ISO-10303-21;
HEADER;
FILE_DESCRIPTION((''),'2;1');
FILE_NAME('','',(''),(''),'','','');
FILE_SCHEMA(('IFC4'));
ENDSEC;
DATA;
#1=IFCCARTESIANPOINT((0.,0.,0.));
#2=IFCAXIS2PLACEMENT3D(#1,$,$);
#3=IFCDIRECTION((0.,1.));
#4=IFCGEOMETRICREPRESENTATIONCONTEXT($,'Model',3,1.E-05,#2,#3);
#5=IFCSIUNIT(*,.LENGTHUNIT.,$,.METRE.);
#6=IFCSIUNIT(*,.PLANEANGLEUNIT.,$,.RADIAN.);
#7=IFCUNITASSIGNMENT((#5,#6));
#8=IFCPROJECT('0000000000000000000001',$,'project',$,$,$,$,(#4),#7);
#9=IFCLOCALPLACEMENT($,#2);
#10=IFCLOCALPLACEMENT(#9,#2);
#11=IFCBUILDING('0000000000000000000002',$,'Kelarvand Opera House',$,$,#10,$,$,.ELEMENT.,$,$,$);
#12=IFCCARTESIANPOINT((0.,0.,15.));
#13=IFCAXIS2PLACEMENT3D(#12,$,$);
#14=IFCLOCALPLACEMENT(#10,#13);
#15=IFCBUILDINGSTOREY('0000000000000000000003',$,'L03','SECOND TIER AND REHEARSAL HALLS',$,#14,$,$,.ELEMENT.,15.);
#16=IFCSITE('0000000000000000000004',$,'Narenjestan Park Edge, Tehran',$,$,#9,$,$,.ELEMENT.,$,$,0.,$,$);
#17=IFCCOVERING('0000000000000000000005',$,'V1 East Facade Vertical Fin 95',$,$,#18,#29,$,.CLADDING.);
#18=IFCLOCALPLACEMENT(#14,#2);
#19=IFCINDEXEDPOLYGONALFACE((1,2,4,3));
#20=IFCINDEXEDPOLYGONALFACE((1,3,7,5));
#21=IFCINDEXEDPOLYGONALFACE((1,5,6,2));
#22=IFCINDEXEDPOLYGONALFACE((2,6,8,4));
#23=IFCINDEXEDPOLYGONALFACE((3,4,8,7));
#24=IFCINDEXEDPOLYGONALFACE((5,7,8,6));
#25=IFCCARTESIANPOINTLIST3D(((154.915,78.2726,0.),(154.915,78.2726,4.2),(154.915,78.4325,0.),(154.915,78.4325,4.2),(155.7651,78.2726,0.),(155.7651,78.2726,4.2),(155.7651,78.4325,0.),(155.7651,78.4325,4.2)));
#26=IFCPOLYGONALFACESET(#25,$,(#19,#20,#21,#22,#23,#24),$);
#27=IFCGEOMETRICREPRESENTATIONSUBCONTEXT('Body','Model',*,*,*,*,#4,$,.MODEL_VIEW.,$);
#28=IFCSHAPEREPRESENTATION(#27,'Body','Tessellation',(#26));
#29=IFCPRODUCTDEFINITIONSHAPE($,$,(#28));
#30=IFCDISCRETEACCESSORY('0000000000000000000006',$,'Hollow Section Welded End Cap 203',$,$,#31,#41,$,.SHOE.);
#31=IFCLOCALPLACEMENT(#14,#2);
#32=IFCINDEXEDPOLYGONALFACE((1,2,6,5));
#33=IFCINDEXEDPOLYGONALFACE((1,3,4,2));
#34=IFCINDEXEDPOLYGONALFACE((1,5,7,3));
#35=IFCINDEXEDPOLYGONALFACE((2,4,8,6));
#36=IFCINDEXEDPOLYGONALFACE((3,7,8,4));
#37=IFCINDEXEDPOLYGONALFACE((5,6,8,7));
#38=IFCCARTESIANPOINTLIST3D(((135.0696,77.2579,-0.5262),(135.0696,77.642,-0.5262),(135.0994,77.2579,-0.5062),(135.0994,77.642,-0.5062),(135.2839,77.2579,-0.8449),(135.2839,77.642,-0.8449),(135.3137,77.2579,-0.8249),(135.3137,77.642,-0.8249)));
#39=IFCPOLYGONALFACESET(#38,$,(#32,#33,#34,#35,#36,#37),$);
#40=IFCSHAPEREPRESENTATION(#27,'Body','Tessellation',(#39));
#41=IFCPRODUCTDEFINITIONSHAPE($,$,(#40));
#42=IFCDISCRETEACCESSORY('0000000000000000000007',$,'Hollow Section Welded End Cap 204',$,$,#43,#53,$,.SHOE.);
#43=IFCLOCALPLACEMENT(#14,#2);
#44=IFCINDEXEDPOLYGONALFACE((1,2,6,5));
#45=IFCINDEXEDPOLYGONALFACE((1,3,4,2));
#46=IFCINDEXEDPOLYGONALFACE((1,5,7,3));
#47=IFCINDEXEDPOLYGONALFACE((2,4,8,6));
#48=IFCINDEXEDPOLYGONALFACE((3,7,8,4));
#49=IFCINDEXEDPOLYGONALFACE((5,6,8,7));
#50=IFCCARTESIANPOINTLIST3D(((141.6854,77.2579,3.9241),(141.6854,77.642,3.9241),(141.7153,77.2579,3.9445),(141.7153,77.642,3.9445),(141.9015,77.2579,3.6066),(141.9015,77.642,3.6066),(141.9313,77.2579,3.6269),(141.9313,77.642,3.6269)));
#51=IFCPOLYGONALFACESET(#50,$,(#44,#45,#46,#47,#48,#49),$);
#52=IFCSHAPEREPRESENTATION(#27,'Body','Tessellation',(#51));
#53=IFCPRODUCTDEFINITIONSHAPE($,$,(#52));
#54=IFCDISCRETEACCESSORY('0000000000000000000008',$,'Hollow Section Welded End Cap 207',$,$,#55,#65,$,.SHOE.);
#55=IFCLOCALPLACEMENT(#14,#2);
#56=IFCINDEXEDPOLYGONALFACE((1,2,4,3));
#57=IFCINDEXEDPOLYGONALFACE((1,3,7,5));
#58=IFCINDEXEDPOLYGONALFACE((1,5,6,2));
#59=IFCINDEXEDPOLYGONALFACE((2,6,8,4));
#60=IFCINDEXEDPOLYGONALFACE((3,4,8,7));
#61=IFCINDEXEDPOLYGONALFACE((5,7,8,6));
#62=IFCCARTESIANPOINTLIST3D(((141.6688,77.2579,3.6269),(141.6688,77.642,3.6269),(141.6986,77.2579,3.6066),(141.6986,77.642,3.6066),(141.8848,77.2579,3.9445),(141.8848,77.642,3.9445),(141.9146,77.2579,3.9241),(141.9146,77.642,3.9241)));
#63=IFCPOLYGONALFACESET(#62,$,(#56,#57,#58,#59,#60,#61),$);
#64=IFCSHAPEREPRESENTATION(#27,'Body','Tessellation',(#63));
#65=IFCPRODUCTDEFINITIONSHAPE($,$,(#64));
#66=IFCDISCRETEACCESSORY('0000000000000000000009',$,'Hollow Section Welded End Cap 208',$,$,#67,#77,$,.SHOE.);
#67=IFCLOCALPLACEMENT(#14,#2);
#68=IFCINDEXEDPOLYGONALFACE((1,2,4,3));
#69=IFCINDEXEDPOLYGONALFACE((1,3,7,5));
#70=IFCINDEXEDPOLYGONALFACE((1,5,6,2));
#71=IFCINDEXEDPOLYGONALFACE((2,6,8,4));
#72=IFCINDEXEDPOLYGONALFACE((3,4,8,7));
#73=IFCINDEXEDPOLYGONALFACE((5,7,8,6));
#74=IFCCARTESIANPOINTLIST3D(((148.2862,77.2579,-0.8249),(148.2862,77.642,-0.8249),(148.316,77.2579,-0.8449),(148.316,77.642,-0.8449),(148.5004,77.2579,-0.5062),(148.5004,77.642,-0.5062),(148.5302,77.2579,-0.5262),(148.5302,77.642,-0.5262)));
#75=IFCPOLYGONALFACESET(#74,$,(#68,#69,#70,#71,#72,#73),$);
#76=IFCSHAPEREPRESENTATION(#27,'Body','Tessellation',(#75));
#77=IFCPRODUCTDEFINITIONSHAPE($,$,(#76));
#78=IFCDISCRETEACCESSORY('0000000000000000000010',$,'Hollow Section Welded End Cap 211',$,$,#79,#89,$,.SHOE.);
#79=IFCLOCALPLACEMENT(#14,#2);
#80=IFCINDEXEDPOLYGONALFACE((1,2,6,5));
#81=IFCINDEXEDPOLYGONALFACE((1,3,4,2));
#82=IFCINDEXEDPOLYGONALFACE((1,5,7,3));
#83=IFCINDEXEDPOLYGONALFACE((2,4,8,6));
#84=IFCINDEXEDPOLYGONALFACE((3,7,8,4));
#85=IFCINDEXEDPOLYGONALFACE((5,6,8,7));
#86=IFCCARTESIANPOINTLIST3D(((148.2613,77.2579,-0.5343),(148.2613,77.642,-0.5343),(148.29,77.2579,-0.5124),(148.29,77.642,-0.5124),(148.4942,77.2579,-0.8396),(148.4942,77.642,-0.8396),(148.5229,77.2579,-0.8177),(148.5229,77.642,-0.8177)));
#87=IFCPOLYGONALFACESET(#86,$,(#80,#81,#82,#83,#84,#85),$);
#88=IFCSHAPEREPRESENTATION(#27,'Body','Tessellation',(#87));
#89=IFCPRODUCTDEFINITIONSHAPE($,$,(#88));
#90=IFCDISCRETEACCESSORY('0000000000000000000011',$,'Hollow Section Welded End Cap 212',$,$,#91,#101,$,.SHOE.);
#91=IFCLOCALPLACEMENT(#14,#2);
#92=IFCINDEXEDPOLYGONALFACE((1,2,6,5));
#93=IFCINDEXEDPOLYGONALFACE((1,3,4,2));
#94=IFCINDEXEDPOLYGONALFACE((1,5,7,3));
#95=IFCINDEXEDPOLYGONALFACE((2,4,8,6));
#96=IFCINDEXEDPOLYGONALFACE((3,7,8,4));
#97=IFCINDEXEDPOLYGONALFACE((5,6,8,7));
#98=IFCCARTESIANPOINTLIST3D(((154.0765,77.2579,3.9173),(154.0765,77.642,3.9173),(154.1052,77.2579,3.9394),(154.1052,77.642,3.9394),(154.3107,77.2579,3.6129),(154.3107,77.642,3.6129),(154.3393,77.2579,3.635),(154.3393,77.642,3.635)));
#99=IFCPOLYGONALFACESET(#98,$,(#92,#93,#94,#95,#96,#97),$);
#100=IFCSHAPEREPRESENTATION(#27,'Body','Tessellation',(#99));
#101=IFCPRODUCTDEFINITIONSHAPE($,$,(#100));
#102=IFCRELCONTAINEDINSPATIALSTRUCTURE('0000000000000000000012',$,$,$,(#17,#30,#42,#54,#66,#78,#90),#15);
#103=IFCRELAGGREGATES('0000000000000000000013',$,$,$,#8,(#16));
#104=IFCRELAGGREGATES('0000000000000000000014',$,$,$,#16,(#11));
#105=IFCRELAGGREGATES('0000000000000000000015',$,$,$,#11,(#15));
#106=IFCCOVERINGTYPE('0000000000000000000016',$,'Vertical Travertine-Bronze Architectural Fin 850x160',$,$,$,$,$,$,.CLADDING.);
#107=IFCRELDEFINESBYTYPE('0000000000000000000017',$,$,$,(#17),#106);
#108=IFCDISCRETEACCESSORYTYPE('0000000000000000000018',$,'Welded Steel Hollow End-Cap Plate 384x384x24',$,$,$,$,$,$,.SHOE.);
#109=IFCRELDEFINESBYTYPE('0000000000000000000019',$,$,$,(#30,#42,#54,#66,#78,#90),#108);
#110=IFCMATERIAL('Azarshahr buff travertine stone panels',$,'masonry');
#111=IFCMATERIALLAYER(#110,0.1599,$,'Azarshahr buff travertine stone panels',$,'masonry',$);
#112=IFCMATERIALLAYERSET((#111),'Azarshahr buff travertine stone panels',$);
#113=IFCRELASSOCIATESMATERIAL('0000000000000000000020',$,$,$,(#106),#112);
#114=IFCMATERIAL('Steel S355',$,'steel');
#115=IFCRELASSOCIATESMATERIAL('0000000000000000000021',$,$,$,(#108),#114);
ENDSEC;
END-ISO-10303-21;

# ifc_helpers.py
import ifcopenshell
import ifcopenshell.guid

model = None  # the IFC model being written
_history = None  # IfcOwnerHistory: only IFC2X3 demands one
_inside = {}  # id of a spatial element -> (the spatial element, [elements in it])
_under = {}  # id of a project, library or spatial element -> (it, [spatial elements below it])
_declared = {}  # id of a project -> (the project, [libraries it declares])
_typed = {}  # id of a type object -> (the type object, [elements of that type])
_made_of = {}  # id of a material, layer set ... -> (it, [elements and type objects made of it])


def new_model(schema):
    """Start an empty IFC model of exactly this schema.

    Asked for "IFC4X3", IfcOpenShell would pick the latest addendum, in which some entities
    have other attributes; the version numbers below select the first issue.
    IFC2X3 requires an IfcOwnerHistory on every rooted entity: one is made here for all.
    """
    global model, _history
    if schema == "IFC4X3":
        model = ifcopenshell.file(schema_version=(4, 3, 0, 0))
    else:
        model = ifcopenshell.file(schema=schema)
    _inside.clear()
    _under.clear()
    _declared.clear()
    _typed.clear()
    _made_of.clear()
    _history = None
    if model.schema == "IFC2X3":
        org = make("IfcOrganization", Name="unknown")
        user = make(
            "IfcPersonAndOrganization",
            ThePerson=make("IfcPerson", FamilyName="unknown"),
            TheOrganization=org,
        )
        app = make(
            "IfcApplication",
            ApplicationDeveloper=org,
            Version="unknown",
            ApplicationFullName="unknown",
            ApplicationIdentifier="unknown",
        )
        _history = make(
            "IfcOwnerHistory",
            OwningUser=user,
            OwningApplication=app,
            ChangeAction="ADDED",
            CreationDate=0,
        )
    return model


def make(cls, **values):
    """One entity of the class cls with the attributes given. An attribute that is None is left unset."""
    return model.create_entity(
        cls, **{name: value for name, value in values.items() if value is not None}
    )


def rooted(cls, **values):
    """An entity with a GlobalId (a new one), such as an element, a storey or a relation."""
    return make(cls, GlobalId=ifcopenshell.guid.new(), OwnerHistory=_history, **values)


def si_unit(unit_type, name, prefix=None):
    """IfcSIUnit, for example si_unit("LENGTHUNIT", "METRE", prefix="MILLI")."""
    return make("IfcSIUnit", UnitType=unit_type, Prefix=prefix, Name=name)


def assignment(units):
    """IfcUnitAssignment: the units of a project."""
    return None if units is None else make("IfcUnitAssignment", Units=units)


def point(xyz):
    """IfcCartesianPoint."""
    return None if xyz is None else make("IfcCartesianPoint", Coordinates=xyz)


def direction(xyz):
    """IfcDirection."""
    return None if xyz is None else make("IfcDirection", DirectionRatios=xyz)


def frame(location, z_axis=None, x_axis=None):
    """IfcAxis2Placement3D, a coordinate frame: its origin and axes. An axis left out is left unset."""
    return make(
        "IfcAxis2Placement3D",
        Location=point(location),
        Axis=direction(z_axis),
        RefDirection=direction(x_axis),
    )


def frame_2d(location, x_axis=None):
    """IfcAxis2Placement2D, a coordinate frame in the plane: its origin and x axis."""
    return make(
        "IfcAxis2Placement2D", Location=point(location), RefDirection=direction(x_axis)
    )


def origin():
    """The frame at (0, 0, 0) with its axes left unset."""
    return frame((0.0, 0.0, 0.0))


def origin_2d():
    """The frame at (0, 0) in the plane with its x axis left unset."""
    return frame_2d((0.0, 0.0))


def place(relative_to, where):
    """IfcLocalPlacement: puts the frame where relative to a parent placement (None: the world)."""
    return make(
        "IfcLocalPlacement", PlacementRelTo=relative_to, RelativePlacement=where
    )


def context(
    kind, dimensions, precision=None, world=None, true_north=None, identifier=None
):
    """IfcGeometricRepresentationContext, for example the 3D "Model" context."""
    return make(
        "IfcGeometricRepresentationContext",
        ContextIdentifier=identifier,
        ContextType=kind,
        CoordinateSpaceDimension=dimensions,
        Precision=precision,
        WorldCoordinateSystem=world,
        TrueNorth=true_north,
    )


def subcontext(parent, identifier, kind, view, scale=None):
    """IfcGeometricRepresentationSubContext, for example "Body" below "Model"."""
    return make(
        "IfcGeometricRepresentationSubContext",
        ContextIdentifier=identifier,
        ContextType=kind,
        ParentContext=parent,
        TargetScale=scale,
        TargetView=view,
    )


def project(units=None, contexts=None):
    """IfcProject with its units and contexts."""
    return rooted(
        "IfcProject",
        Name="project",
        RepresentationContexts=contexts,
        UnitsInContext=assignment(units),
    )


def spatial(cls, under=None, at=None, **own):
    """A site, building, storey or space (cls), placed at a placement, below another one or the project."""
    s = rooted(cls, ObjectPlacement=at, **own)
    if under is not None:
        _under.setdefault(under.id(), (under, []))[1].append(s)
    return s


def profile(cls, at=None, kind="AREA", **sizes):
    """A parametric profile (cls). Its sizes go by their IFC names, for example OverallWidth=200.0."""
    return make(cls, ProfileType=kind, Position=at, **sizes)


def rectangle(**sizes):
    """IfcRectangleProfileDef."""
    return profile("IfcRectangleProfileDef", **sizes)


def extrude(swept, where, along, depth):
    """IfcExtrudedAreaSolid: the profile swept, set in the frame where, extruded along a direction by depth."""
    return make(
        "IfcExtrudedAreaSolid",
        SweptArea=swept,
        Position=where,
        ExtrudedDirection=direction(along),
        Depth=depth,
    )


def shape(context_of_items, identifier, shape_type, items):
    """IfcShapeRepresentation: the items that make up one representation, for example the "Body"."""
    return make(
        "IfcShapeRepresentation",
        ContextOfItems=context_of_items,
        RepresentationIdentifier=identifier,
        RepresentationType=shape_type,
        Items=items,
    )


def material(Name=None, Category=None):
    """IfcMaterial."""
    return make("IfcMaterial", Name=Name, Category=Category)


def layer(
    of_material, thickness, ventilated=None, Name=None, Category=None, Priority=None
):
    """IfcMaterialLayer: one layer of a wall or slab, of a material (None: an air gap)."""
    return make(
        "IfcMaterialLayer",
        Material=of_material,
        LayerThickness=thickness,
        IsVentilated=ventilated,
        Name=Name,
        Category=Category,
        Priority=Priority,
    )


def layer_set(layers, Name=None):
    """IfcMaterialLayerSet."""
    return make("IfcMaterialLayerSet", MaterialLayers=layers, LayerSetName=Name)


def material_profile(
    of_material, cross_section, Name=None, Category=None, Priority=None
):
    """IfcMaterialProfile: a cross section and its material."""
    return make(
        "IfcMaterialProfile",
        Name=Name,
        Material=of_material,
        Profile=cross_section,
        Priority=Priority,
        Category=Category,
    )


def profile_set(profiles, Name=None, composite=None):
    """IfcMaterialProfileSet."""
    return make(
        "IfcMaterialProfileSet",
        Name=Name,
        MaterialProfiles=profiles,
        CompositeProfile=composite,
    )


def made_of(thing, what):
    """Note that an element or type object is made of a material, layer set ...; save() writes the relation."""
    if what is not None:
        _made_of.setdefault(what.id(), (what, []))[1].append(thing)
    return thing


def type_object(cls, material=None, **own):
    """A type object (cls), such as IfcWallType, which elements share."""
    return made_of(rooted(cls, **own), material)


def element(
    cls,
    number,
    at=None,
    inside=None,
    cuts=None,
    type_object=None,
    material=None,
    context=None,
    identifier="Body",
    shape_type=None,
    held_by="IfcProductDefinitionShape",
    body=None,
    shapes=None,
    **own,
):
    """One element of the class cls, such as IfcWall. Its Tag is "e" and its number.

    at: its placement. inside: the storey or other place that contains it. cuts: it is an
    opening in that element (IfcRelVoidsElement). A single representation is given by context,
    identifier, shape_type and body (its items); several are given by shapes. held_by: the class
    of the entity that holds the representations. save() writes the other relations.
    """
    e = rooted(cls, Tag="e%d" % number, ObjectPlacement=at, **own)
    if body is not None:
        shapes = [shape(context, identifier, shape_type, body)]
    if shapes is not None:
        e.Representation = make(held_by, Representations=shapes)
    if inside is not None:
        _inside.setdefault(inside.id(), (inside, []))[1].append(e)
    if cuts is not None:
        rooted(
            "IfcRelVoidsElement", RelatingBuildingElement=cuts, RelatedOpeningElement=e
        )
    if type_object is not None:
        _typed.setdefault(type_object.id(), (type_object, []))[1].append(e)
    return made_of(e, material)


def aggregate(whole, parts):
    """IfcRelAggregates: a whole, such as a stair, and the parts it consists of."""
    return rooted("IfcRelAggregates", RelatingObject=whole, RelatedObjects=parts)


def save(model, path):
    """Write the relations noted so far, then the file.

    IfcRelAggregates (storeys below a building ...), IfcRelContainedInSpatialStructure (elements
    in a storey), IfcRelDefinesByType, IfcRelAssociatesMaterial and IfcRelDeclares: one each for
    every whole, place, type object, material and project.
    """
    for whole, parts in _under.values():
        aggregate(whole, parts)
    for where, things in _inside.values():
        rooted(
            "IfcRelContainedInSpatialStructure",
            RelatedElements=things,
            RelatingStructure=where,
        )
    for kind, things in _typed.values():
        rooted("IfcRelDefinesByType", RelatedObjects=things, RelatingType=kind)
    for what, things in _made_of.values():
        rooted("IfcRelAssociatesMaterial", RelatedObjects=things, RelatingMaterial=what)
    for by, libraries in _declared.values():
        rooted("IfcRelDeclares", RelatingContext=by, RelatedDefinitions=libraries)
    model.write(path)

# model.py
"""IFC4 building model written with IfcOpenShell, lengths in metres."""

from ifc_helpers import new_model, si_unit, direction, frame, origin, origin_2d, place, context, subcontext, project, spatial, rectangle, extrude, material, layer, layer_set, material_profile, profile_set, type_object, element, save


model = new_model("IFC4")

# Units and contexts
model_context = context("Model", 3, precision=1e-05, world=origin(), true_north=direction((0.0, 1.0)))
body_context = subcontext(model_context, "Body", "Model", "MODEL_VIEW")
ifc_project = project(units=[si_unit("LENGTHUNIT", "METRE"), si_unit("PLANEANGLEUNIT", "RADIAN")], contexts=[model_context])

# Site, building, storey
site_placement = place(None, origin())
site = spatial("IfcSite", under=ifc_project, at=site_placement, Name="Narenjestan Park Edge, Tehran", CompositionType="ELEMENT", RefElevation=0.0)
building_placement = place(site_placement, origin())
building = spatial("IfcBuilding", under=site, at=building_placement, Name="Kelarvand Opera House", CompositionType="ELEMENT")
storey_placement = place(building_placement, frame((0.0, 0.0, 15.0)))
storey = spatial("IfcBuildingStorey", under=building, at=storey_placement, Name="L03", Description="SECOND TIER AND REHEARSAL HALLS", CompositionType="ELEMENT", Elevation=15.0)

# Shared definitions
ifc_material_1 = material(Name="Steel S355", Category="steel")

# Covering
ifc_material_2 = material(Name="Azarshahr buff travertine stone panels", Category="masonry")
ifc_layer_1 = layer(ifc_material_2, 0.1599, Name="Azarshahr buff travertine stone panels", Category="masonry")
ifc_layer_set_1 = layer_set([ifc_layer_1], Name="Azarshahr buff travertine stone panels")
covering_type = type_object("IfcCoveringType", Name="Vertical Travertine-Bronze Architectural Fin 850x160", PredefinedType="CLADDING", material=ifc_layer_set_1)
covering_placement = place(storey_placement, frame((155.3401, 78.3525, 0.0), z_axis=(0.0, 0.0, 1.0), x_axis=(1.0, 0.0, 0.0)))
element("IfcCovering", 1, at=covering_placement, inside=storey, type_object=covering_type, Name="V1 East Facade Vertical Fin 95", PredefinedType="CLADDING", context=body_context, shape_type="SweptSolid", body=[
    extrude(rectangle(XDim=0.8501, YDim=0.1599, at=origin_2d()), origin(), (0.0, 0.0, 1.0), 4.2),
])

# Discrete accessories
ifc_material_profile_1 = material_profile(ifc_material_1, rectangle(XDim=0.384, YDim=0.384, at=origin_2d()), Name="Welded Steel Hollow End-Cap Plate 384x384x24", Category="steel")
ifc_profile_set_1 = profile_set([ifc_material_profile_1], Name="Steel S355")
discrete_accessory_type = type_object("IfcDiscreteAccessoryType", Name="Welded Steel Hollow End-Cap Plate 384x384x24", PredefinedType="SHOE", material=ifc_profile_set_1)
discrete_accessory_1_placement = place(storey_placement, frame((135.2065, 77.45, -0.6655), z_axis=(-0.829951, 0.0, -0.557836), x_axis=(0.0, -1.0, 0.0)))
element("IfcDiscreteAccessory", 2, at=discrete_accessory_1_placement, inside=storey, type_object=discrete_accessory_type, Name="Hollow Section Welded End Cap 203", PredefinedType="SHOE", context=body_context, shape_type="SweptSolid", body=[
    extrude(rectangle(XDim=0.384, YDim=0.384, at=origin_2d()), origin(), (0.0, 0.0, 1.0), 0.0359),
])
for number, where, z_axis, x_axis, name in (
    (3, (141.7935, 77.45, 3.7654), (0.8268, 0.0, 0.562495), (0.0, 1.0, 0.0), "Hollow Section Welded End Cap 204"),
    (4, (141.8066, 77.45, 3.7654), (-0.8268, 0.0, 0.562495), (0.0, -1.0, 0.0), "Hollow Section Welded End Cap 207"),
):
    element("IfcDiscreteAccessory", number, at=place(storey_placement, frame(where, z_axis=z_axis, x_axis=x_axis)), inside=storey, type_object=discrete_accessory_type, Name=name, PredefinedType="SHOE", context=body_context, shape_type="SweptSolid", body=[
        extrude(rectangle(XDim=0.384, YDim=0.384, at=origin_2d()), origin(), (0.0, 0.0, 1.0), 0.0361),
    ])
discrete_accessory_2_placement = place(storey_placement, frame((148.3933, 77.45, -0.6655), z_axis=(0.829951, 0.0, -0.557836), x_axis=(0.0, 1.0, 0.0)))
element("IfcDiscreteAccessory", 5, at=discrete_accessory_2_placement, inside=storey, type_object=discrete_accessory_type, Name="Hollow Section Welded End Cap 208", PredefinedType="SHOE", context=body_context, shape_type="SweptSolid", body=[
    extrude(rectangle(XDim=0.384, YDim=0.384, at=origin_2d()), origin(), (0.0, 0.0, 1.0), 0.0359),
])
for number, where, z_axis, x_axis, name in (
    (6, (148.4065, 77.45, -0.665), (-0.795122, 0.0, -0.606449), (0.0, -1.0, 0.0), "Hollow Section Welded End Cap 211"),
    (7, (154.1936, 77.45, 3.7651), (0.792624, 0.0, 0.609711), (0.0, 1.0, 0.0), "Hollow Section Welded End Cap 212"),
):
    element("IfcDiscreteAccessory", number, at=place(storey_placement, frame(where, z_axis=z_axis, x_axis=x_axis)), inside=storey, type_object=discrete_accessory_type, Name=name, PredefinedType="SHOE", context=body_context, shape_type="SweptSolid", body=[
        extrude(rectangle(XDim=0.384, YDim=0.384, at=origin_2d()), origin(), (0.0, 0.0, 1.0), 0.0361),
    ])

save(model, "model.ifc")
